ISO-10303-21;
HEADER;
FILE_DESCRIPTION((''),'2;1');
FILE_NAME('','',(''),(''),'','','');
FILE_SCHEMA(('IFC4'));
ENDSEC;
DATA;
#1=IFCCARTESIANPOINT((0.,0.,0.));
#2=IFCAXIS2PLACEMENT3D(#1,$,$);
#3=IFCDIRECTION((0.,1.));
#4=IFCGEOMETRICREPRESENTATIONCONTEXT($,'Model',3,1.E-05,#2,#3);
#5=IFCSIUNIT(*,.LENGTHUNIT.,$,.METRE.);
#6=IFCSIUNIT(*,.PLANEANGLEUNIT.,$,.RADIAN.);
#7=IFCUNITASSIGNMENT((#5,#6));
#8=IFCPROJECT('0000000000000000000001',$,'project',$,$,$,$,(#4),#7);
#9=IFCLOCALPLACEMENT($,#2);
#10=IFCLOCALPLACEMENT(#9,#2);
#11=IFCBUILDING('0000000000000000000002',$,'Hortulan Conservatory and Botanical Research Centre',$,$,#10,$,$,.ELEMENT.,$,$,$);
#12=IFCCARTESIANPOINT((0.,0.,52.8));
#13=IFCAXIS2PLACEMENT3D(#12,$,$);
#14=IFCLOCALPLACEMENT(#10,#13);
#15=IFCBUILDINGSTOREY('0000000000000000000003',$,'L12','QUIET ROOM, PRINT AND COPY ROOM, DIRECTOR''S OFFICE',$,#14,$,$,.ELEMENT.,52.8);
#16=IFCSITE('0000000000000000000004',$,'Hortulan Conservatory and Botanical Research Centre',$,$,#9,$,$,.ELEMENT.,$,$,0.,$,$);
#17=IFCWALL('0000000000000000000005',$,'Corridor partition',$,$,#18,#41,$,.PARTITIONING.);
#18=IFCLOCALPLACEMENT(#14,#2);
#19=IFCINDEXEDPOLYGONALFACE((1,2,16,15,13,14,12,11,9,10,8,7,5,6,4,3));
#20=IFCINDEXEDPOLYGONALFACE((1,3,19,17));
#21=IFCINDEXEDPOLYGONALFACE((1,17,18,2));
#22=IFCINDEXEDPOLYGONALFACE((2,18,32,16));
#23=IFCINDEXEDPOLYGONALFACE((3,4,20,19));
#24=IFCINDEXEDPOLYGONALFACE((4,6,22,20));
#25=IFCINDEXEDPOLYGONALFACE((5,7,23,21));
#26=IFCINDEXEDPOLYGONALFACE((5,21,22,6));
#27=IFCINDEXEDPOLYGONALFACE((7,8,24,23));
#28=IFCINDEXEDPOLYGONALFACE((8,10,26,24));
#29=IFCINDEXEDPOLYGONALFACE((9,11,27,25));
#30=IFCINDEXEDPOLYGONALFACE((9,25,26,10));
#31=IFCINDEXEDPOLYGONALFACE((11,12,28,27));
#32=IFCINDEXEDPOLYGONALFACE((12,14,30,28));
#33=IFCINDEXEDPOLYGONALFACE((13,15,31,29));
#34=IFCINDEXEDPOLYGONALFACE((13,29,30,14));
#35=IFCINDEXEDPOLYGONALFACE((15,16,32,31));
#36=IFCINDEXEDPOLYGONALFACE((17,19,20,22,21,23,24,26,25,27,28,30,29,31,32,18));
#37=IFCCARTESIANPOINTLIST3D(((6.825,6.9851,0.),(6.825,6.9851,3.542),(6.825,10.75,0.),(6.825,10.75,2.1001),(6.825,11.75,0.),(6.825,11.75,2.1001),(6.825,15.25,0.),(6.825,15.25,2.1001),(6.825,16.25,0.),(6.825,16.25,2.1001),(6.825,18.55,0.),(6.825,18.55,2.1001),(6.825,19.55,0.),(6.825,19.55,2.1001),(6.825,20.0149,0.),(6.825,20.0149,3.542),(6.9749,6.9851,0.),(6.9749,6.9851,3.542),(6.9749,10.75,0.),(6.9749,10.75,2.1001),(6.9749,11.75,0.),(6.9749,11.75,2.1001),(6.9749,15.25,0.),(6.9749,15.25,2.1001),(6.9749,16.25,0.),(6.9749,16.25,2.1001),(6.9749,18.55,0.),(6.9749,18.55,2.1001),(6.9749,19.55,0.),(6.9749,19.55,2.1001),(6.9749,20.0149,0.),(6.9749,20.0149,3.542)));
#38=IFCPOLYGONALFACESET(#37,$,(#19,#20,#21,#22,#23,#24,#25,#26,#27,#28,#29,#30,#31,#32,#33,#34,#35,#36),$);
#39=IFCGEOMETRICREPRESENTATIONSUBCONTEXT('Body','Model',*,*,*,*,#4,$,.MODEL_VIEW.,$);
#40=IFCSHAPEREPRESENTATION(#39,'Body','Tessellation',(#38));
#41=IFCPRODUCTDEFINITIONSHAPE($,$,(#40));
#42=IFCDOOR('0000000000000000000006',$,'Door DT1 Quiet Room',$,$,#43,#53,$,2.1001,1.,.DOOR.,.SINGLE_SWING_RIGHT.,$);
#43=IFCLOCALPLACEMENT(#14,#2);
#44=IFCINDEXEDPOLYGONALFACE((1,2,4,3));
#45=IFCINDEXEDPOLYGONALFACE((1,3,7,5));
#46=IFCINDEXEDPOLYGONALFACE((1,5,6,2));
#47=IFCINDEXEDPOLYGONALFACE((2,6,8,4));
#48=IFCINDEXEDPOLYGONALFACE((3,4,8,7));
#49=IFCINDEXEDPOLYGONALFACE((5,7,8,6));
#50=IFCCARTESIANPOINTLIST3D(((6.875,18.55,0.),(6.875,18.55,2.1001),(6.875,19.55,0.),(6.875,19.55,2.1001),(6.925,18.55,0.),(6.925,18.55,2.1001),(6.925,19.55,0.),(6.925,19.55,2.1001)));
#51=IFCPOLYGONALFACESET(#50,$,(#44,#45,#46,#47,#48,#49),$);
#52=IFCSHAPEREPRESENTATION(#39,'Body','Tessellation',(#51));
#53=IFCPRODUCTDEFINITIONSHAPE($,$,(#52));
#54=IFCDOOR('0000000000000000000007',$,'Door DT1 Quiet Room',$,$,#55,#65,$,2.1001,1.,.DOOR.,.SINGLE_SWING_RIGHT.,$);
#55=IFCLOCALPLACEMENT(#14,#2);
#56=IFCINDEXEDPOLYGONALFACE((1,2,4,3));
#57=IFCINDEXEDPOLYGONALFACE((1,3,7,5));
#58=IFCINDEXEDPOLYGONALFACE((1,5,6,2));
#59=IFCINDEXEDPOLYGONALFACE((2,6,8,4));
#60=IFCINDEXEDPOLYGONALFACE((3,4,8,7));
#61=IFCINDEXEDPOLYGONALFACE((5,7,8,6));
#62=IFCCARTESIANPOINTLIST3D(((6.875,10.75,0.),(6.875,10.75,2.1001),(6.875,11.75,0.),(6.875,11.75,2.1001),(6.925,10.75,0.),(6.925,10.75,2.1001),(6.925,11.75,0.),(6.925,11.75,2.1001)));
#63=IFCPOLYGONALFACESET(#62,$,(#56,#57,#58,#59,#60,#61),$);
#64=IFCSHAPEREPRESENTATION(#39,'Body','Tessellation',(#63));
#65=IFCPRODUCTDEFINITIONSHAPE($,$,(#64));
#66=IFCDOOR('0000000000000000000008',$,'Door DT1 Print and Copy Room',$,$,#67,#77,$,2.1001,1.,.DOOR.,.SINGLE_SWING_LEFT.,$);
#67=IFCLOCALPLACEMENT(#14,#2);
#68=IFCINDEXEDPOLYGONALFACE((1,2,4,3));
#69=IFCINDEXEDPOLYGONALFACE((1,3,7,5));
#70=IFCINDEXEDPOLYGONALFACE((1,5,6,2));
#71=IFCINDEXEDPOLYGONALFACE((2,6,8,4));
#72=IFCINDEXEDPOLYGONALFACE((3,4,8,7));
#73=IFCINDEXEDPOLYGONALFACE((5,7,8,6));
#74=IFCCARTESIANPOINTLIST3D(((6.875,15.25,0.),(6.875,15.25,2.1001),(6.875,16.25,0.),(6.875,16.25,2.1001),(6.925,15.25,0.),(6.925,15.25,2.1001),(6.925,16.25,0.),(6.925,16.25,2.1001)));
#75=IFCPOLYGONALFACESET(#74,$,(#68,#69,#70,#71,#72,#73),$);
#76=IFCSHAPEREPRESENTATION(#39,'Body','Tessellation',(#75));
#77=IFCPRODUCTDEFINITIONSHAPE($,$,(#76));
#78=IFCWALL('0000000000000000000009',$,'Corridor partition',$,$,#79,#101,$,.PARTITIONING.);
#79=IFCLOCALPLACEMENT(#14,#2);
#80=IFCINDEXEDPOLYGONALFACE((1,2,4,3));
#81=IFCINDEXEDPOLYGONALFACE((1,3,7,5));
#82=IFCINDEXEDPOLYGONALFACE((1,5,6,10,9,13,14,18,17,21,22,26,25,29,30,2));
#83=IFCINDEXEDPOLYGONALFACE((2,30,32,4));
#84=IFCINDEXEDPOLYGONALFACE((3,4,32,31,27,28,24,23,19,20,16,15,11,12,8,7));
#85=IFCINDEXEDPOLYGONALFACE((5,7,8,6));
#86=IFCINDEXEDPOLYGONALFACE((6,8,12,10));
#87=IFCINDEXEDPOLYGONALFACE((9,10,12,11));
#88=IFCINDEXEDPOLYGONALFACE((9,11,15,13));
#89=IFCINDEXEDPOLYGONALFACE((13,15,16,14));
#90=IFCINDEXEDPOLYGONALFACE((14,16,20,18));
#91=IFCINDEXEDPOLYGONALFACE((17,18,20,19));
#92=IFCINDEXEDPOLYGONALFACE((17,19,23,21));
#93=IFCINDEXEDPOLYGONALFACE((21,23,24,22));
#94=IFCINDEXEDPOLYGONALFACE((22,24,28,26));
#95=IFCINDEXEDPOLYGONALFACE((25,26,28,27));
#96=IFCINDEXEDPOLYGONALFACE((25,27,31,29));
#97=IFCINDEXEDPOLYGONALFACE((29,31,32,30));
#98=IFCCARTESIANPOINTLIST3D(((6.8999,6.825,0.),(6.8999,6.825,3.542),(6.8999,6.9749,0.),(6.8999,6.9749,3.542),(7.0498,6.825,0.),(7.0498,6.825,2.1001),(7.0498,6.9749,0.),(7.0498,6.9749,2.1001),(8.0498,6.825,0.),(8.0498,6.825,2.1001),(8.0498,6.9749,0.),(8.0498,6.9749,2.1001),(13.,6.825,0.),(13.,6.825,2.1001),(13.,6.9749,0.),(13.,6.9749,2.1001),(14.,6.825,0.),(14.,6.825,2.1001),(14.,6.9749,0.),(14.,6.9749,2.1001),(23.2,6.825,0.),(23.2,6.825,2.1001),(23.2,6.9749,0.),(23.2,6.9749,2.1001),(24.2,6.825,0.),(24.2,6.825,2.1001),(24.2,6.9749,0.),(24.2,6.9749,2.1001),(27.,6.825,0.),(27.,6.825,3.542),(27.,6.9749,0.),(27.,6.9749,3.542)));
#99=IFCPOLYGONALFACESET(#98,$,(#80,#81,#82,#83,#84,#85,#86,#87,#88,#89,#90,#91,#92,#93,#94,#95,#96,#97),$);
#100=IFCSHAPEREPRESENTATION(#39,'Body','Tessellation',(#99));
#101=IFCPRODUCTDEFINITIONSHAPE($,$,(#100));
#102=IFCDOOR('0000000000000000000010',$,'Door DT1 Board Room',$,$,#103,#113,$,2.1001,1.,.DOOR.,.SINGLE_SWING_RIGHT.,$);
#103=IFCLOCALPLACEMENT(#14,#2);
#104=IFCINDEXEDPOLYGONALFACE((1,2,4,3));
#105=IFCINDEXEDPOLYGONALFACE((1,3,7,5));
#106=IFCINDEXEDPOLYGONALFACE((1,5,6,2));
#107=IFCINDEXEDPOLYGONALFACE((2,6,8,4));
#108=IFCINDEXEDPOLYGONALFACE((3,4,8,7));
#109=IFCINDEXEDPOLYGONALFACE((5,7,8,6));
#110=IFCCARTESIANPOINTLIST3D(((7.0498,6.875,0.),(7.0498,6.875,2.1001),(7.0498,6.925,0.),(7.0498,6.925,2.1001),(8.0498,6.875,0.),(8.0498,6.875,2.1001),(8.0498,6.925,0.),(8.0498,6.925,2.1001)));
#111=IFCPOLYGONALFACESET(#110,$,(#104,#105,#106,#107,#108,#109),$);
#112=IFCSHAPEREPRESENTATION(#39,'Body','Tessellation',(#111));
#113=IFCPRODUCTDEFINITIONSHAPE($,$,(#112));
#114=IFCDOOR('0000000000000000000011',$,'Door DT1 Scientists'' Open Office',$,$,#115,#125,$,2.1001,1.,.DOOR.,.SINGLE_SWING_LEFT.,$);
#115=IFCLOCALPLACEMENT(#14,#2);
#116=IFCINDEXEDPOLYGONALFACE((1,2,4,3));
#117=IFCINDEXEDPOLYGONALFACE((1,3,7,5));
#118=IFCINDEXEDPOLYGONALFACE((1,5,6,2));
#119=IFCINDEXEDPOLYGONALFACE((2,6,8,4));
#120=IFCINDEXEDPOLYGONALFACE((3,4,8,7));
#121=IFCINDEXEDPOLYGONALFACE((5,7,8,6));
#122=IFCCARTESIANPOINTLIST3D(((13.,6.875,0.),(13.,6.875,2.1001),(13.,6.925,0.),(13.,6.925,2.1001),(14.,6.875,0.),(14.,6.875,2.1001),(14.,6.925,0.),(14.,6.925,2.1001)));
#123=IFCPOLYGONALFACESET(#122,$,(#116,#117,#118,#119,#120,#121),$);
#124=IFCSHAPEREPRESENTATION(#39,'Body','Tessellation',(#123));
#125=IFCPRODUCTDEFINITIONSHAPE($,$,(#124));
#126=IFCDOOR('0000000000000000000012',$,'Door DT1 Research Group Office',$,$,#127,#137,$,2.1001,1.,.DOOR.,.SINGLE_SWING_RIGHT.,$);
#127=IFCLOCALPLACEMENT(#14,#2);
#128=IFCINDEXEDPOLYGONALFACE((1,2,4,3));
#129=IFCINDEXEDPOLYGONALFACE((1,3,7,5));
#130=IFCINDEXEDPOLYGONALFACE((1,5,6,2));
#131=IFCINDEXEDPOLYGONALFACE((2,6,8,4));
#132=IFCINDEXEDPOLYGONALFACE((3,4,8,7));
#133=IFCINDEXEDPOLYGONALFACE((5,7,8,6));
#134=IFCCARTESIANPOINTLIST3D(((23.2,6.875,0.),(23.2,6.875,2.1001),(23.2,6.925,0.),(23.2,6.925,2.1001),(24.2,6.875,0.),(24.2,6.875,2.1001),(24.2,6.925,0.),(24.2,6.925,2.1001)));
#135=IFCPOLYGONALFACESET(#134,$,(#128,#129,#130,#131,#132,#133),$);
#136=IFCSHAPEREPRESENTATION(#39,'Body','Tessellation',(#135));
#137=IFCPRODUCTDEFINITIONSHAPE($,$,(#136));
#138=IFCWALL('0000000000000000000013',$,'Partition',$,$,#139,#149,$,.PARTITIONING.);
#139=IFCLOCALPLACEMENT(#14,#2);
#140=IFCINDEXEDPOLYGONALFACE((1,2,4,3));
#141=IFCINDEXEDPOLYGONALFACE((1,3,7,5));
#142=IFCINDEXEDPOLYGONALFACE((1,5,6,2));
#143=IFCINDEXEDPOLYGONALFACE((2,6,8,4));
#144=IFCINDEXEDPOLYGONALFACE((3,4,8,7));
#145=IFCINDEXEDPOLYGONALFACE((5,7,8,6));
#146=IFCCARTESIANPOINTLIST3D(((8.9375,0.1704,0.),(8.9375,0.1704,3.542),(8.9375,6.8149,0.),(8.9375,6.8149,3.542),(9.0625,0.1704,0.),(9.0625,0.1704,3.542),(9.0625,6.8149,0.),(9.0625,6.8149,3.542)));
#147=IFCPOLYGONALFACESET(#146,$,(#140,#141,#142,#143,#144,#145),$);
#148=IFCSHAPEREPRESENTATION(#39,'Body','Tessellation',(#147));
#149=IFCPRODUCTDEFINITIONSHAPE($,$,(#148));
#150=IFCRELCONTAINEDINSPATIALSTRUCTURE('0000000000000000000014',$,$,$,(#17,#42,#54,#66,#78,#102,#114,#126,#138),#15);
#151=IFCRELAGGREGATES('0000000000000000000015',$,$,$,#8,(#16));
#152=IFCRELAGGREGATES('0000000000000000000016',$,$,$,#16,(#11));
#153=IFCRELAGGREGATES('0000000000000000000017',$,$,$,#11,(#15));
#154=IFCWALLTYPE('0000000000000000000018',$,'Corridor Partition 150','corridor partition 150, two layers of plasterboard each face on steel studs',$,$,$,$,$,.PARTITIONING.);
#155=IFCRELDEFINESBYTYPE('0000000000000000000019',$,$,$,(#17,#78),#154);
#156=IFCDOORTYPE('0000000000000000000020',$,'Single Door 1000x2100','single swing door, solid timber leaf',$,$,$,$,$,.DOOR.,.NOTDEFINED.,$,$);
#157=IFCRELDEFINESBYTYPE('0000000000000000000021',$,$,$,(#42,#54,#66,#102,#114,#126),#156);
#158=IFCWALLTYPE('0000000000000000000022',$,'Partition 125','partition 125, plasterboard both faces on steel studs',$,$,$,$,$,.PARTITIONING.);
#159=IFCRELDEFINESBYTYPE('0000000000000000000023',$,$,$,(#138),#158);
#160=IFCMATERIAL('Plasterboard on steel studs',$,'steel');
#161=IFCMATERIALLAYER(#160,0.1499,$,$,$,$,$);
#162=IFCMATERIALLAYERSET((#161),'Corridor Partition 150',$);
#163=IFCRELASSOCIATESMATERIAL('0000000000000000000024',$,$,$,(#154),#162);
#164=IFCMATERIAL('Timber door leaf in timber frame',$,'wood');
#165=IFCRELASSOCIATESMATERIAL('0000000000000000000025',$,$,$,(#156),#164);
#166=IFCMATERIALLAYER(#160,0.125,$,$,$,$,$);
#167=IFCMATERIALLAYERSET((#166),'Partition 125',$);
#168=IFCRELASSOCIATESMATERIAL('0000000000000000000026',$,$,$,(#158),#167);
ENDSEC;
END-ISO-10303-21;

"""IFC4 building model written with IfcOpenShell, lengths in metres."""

from ifc_helpers import new_model, si_unit, direction, frame, frame_2d, origin, place, context, subcontext, project, spatial, rectangle, extrude, material, layer, layer_set, type_object, element, fill, save


model = new_model("IFC4")

# Units and contexts
model_context = context("Model", 3, precision=1e-05, world=origin(), true_north=direction((0.0, 1.0)))
body_context = subcontext(model_context, "Body", "Model", "MODEL_VIEW")
ifc_project = project(units=[si_unit("LENGTHUNIT", "METRE"), si_unit("PLANEANGLEUNIT", "RADIAN")], contexts=[model_context])

# Site, building, storey
site_placement = place(None, origin())
site = spatial("IfcSite", under=ifc_project, at=site_placement, Name="Hortulan Conservatory and Botanical Research Centre", CompositionType="ELEMENT", RefElevation=0.0)
building_placement = place(site_placement, origin())
building = spatial("IfcBuilding", under=site, at=building_placement, Name="Hortulan Conservatory and Botanical Research Centre", CompositionType="ELEMENT")
storey_placement = place(building_placement, frame((0.0, 0.0, 52.8)))
storey = spatial("IfcBuildingStorey", under=building, at=storey_placement, Name="L12", Description="QUIET ROOM, PRINT AND COPY ROOM, DIRECTOR'S OFFICE", CompositionType="ELEMENT", Elevation=52.8)

# Walls, openings, doors
ifc_material_1 = material(Name="Plasterboard on steel studs", Category="steel")
ifc_layer_1 = layer(ifc_material_1, 0.1499)
ifc_layer_set_1 = layer_set([ifc_layer_1], Name="Corridor Partition 150")
wall_type_1 = type_object("IfcWallType", Name="Corridor Partition 150", Description="corridor partition 150, two layers of plasterboard each face on steel studs", PredefinedType="PARTITIONING", material=ifc_layer_set_1)
wall_1_placement = place(storey_placement, frame((6.8999, 6.9851, 0.0), z_axis=(0.0, 0.0, 1.0), x_axis=(0.0, 1.0, 0.0)))
wall_1 = element("IfcWall", 1, at=wall_1_placement, inside=storey, type_object=wall_type_1, Name="Corridor partition", PredefinedType="PARTITIONING", context=body_context, shape_type="SweptSolid", body=[
    extrude(rectangle(XDim=13.0298, YDim=0.1499, at=frame_2d((6.5149, 0.0))), origin(), (0.0, 0.0, 1.0), 3.542),
])
opening_1_placement = place(wall_1_placement, frame((11.5649, 0.0, 0.0)))
opening_1 = element("IfcOpeningElement", 2, at=opening_1_placement, cuts=wall_1, PredefinedType="OPENING", context=body_context, shape_type="SweptSolid", body=[
    extrude(rectangle(XDim=1.0, YDim=2.1001, at=frame_2d((0.5, 1.05))), frame((0.0, 0.085, 0.0), z_axis=(0.0, -1.0, 0.0), x_axis=(1.0, 0.0, 0.0)), (0.0, 0.0, 1.0), 0.1699),
])
opening_2_placement = place(wall_1_placement, frame((3.7649, 0.0, 0.0)))
opening_2 = element("IfcOpeningElement", 3, at=opening_2_placement, cuts=wall_1, PredefinedType="OPENING", context=body_context, shape_type="SweptSolid", body=[
    extrude(rectangle(XDim=1.0, YDim=2.1001, at=frame_2d((0.5, 1.05))), frame((0.0, 0.085, 0.0), z_axis=(0.0, -1.0, 0.0), x_axis=(1.0, 0.0, 0.0)), (0.0, 0.0, 1.0), 0.1699),
])
opening_3_placement = place(wall_1_placement, frame((8.2649, 0.0, 0.0)))
opening_3 = element("IfcOpeningElement", 4, at=opening_3_placement, cuts=wall_1, PredefinedType="OPENING", context=body_context, shape_type="SweptSolid", body=[
    extrude(rectangle(XDim=1.0, YDim=2.1001, at=frame_2d((0.5, 1.05))), frame((0.0, 0.085, 0.0), z_axis=(0.0, -1.0, 0.0), x_axis=(1.0, 0.0, 0.0)), (0.0, 0.0, 1.0), 0.1699),
])
ifc_material_2 = material(Name="Timber door leaf in timber frame", Category="wood")
door_type = type_object("IfcDoorType", Name="Single Door 1000x2100", Description="single swing door, solid timber leaf", OperationType="NOTDEFINED", PredefinedType="DOOR", material=ifc_material_2)
door_1_placement = place(opening_1_placement, origin())
door_1 = element("IfcDoor", 5, at=door_1_placement, inside=storey, type_object=door_type, Name="Door DT1 Quiet Room", OperationType="SINGLE_SWING_RIGHT", OverallHeight=2.1001, OverallWidth=1.0, PredefinedType="DOOR", context=body_context, shape_type="SweptSolid", body=[
    extrude(rectangle(XDim=1.0, YDim=2.1001, at=frame_2d((0.5, 1.05))), frame((0.0, 0.0249, 0.0), z_axis=(0.0, -1.0, 0.0), x_axis=(1.0, 0.0, 0.0)), (0.0, 0.0, 1.0), 0.05),
])
fill(opening_1, door_1)
door_2_placement = place(opening_2_placement, origin())
door_2 = element("IfcDoor", 6, at=door_2_placement, inside=storey, type_object=door_type, Name="Door DT1 Quiet Room", OperationType="SINGLE_SWING_RIGHT", OverallHeight=2.1001, OverallWidth=1.0, PredefinedType="DOOR", context=body_context, shape_type="SweptSolid", body=[
    extrude(rectangle(XDim=1.0, YDim=2.1001, at=frame_2d((0.5, 1.05))), frame((0.0, 0.0249, 0.0), z_axis=(0.0, -1.0, 0.0), x_axis=(1.0, 0.0, 0.0)), (0.0, 0.0, 1.0), 0.05),
])
fill(opening_2, door_2)
door_3_placement = place(opening_3_placement, origin())
door_3 = element("IfcDoor", 7, at=door_3_placement, inside=storey, type_object=door_type, Name="Door DT1 Print and Copy Room", OperationType="SINGLE_SWING_LEFT", OverallHeight=2.1001, OverallWidth=1.0, PredefinedType="DOOR", context=body_context, shape_type="SweptSolid", body=[
    extrude(rectangle(XDim=1.0, YDim=2.1001, at=frame_2d((0.5, 1.05))), frame((0.0, 0.0249, 0.0), z_axis=(0.0, -1.0, 0.0), x_axis=(1.0, 0.0, 0.0)), (0.0, 0.0, 1.0), 0.05),
])
fill(opening_3, door_3)
wall_2_placement = place(storey_placement, frame((6.8999, 6.8999, 0.0), z_axis=(0.0, 0.0, 1.0), x_axis=(1.0, 0.0, 0.0)))
wall_2 = element("IfcWall", 8, at=wall_2_placement, inside=storey, type_object=wall_type_1, Name="Corridor partition", PredefinedType="PARTITIONING", context=body_context, shape_type="SweptSolid", body=[
    extrude(rectangle(XDim=20.1001, YDim=0.1499, at=frame_2d((10.05, 0.0))), origin(), (0.0, 0.0, 1.0), 3.542),
])
opening_4_placement = place(wall_2_placement, frame((0.1499, 0.0, 0.0)))
opening_4 = element("IfcOpeningElement", 9, at=opening_4_placement, cuts=wall_2, PredefinedType="OPENING", context=body_context, shape_type="SweptSolid", body=[
    extrude(rectangle(XDim=1.0, YDim=2.1001, at=frame_2d((0.5, 1.05))), frame((0.0, 0.085, 0.0), z_axis=(0.0, -1.0, 0.0), x_axis=(1.0, 0.0, 0.0)), (0.0, 0.0, 1.0), 0.1699),
])
opening_5_placement = place(wall_2_placement, frame((6.1001, 0.0, 0.0)))
opening_5 = element("IfcOpeningElement", 10, at=opening_5_placement, cuts=wall_2, PredefinedType="OPENING", context=body_context, shape_type="SweptSolid", body=[
    extrude(rectangle(XDim=1.0, YDim=2.1001, at=frame_2d((0.5, 1.05))), frame((0.0, 0.085, 0.0), z_axis=(0.0, -1.0, 0.0), x_axis=(1.0, 0.0, 0.0)), (0.0, 0.0, 1.0), 0.1699),
])
opening_6_placement = place(wall_2_placement, frame((16.3, 0.0, 0.0)))
opening_6 = element("IfcOpeningElement", 11, at=opening_6_placement, cuts=wall_2, PredefinedType="OPENING", context=body_context, shape_type="SweptSolid", body=[
    extrude(rectangle(XDim=1.0, YDim=2.1001, at=frame_2d((0.5, 1.05))), frame((0.0, 0.085, 0.0), z_axis=(0.0, -1.0, 0.0), x_axis=(1.0, 0.0, 0.0)), (0.0, 0.0, 1.0), 0.1699),
])
door_4_placement = place(opening_4_placement, frame((1.0, 0.0, 0.0), z_axis=(0.0, 0.0, 1.0), x_axis=(-1.0, 0.0, 0.0)))
door_4 = element("IfcDoor", 12, at=door_4_placement, inside=storey, type_object=door_type, Name="Door DT1 Board Room", OperationType="SINGLE_SWING_RIGHT", OverallHeight=2.1001, OverallWidth=1.0, PredefinedType="DOOR", context=body_context, shape_type="SweptSolid", body=[
    extrude(rectangle(XDim=1.0, YDim=2.1001, at=frame_2d((0.5, 1.05))), frame((0.0, 0.0249, 0.0), z_axis=(0.0, -1.0, 0.0), x_axis=(1.0, 0.0, 0.0)), (0.0, 0.0, 1.0), 0.05),
])
fill(opening_4, door_4)
door_5_placement = place(opening_5_placement, frame((1.0, 0.0, 0.0), z_axis=(0.0, 0.0, 1.0), x_axis=(-1.0, 0.0, 0.0)))
door_5 = element("IfcDoor", 13, at=door_5_placement, inside=storey, type_object=door_type, Name="Door DT1 Scientists' Open Office", OperationType="SINGLE_SWING_LEFT", OverallHeight=2.1001, OverallWidth=1.0, PredefinedType="DOOR", context=body_context, shape_type="SweptSolid", body=[
    extrude(rectangle(XDim=1.0, YDim=2.1001, at=frame_2d((0.5, 1.05))), frame((0.0, 0.0249, 0.0), z_axis=(0.0, -1.0, 0.0), x_axis=(1.0, 0.0, 0.0)), (0.0, 0.0, 1.0), 0.05),
])
fill(opening_5, door_5)
door_6_placement = place(opening_6_placement, frame((1.0, 0.0, 0.0), z_axis=(0.0, 0.0, 1.0), x_axis=(-1.0, 0.0, 0.0)))
door_6 = element("IfcDoor", 14, at=door_6_placement, inside=storey, type_object=door_type, Name="Door DT1 Research Group Office", OperationType="SINGLE_SWING_RIGHT", OverallHeight=2.1001, OverallWidth=1.0, PredefinedType="DOOR", context=body_context, shape_type="SweptSolid", body=[
    extrude(rectangle(XDim=1.0, YDim=2.1001, at=frame_2d((0.5, 1.05))), frame((0.0, 0.0249, 0.0), z_axis=(0.0, -1.0, 0.0), x_axis=(1.0, 0.0, 0.0)), (0.0, 0.0, 1.0), 0.05),
])
fill(opening_6, door_6)

# Wall
ifc_layer_2 = layer(ifc_material_1, 0.125)
ifc_layer_set_2 = layer_set([ifc_layer_2], Name="Partition 125")
wall_type_2 = type_object("IfcWallType", Name="Partition 125", Description="partition 125, plasterboard both faces on steel studs", PredefinedType="PARTITIONING", material=ifc_layer_set_2)
wall_3_placement = place(storey_placement, frame((9.0, 0.1704, 0.0), z_axis=(0.0, 0.0, 1.0), x_axis=(0.0, 1.0, 0.0)))
element("IfcWall", 15, at=wall_3_placement, inside=storey, type_object=wall_type_2, Name="Partition", PredefinedType="PARTITIONING", context=body_context, shape_type="SweptSolid", body=[
    extrude(rectangle(XDim=6.6445, YDim=0.125, at=frame_2d((3.3223, 0.0))), origin(), (0.0, 0.0, 1.0), 3.542),
])

save(model, "model.ifc")
